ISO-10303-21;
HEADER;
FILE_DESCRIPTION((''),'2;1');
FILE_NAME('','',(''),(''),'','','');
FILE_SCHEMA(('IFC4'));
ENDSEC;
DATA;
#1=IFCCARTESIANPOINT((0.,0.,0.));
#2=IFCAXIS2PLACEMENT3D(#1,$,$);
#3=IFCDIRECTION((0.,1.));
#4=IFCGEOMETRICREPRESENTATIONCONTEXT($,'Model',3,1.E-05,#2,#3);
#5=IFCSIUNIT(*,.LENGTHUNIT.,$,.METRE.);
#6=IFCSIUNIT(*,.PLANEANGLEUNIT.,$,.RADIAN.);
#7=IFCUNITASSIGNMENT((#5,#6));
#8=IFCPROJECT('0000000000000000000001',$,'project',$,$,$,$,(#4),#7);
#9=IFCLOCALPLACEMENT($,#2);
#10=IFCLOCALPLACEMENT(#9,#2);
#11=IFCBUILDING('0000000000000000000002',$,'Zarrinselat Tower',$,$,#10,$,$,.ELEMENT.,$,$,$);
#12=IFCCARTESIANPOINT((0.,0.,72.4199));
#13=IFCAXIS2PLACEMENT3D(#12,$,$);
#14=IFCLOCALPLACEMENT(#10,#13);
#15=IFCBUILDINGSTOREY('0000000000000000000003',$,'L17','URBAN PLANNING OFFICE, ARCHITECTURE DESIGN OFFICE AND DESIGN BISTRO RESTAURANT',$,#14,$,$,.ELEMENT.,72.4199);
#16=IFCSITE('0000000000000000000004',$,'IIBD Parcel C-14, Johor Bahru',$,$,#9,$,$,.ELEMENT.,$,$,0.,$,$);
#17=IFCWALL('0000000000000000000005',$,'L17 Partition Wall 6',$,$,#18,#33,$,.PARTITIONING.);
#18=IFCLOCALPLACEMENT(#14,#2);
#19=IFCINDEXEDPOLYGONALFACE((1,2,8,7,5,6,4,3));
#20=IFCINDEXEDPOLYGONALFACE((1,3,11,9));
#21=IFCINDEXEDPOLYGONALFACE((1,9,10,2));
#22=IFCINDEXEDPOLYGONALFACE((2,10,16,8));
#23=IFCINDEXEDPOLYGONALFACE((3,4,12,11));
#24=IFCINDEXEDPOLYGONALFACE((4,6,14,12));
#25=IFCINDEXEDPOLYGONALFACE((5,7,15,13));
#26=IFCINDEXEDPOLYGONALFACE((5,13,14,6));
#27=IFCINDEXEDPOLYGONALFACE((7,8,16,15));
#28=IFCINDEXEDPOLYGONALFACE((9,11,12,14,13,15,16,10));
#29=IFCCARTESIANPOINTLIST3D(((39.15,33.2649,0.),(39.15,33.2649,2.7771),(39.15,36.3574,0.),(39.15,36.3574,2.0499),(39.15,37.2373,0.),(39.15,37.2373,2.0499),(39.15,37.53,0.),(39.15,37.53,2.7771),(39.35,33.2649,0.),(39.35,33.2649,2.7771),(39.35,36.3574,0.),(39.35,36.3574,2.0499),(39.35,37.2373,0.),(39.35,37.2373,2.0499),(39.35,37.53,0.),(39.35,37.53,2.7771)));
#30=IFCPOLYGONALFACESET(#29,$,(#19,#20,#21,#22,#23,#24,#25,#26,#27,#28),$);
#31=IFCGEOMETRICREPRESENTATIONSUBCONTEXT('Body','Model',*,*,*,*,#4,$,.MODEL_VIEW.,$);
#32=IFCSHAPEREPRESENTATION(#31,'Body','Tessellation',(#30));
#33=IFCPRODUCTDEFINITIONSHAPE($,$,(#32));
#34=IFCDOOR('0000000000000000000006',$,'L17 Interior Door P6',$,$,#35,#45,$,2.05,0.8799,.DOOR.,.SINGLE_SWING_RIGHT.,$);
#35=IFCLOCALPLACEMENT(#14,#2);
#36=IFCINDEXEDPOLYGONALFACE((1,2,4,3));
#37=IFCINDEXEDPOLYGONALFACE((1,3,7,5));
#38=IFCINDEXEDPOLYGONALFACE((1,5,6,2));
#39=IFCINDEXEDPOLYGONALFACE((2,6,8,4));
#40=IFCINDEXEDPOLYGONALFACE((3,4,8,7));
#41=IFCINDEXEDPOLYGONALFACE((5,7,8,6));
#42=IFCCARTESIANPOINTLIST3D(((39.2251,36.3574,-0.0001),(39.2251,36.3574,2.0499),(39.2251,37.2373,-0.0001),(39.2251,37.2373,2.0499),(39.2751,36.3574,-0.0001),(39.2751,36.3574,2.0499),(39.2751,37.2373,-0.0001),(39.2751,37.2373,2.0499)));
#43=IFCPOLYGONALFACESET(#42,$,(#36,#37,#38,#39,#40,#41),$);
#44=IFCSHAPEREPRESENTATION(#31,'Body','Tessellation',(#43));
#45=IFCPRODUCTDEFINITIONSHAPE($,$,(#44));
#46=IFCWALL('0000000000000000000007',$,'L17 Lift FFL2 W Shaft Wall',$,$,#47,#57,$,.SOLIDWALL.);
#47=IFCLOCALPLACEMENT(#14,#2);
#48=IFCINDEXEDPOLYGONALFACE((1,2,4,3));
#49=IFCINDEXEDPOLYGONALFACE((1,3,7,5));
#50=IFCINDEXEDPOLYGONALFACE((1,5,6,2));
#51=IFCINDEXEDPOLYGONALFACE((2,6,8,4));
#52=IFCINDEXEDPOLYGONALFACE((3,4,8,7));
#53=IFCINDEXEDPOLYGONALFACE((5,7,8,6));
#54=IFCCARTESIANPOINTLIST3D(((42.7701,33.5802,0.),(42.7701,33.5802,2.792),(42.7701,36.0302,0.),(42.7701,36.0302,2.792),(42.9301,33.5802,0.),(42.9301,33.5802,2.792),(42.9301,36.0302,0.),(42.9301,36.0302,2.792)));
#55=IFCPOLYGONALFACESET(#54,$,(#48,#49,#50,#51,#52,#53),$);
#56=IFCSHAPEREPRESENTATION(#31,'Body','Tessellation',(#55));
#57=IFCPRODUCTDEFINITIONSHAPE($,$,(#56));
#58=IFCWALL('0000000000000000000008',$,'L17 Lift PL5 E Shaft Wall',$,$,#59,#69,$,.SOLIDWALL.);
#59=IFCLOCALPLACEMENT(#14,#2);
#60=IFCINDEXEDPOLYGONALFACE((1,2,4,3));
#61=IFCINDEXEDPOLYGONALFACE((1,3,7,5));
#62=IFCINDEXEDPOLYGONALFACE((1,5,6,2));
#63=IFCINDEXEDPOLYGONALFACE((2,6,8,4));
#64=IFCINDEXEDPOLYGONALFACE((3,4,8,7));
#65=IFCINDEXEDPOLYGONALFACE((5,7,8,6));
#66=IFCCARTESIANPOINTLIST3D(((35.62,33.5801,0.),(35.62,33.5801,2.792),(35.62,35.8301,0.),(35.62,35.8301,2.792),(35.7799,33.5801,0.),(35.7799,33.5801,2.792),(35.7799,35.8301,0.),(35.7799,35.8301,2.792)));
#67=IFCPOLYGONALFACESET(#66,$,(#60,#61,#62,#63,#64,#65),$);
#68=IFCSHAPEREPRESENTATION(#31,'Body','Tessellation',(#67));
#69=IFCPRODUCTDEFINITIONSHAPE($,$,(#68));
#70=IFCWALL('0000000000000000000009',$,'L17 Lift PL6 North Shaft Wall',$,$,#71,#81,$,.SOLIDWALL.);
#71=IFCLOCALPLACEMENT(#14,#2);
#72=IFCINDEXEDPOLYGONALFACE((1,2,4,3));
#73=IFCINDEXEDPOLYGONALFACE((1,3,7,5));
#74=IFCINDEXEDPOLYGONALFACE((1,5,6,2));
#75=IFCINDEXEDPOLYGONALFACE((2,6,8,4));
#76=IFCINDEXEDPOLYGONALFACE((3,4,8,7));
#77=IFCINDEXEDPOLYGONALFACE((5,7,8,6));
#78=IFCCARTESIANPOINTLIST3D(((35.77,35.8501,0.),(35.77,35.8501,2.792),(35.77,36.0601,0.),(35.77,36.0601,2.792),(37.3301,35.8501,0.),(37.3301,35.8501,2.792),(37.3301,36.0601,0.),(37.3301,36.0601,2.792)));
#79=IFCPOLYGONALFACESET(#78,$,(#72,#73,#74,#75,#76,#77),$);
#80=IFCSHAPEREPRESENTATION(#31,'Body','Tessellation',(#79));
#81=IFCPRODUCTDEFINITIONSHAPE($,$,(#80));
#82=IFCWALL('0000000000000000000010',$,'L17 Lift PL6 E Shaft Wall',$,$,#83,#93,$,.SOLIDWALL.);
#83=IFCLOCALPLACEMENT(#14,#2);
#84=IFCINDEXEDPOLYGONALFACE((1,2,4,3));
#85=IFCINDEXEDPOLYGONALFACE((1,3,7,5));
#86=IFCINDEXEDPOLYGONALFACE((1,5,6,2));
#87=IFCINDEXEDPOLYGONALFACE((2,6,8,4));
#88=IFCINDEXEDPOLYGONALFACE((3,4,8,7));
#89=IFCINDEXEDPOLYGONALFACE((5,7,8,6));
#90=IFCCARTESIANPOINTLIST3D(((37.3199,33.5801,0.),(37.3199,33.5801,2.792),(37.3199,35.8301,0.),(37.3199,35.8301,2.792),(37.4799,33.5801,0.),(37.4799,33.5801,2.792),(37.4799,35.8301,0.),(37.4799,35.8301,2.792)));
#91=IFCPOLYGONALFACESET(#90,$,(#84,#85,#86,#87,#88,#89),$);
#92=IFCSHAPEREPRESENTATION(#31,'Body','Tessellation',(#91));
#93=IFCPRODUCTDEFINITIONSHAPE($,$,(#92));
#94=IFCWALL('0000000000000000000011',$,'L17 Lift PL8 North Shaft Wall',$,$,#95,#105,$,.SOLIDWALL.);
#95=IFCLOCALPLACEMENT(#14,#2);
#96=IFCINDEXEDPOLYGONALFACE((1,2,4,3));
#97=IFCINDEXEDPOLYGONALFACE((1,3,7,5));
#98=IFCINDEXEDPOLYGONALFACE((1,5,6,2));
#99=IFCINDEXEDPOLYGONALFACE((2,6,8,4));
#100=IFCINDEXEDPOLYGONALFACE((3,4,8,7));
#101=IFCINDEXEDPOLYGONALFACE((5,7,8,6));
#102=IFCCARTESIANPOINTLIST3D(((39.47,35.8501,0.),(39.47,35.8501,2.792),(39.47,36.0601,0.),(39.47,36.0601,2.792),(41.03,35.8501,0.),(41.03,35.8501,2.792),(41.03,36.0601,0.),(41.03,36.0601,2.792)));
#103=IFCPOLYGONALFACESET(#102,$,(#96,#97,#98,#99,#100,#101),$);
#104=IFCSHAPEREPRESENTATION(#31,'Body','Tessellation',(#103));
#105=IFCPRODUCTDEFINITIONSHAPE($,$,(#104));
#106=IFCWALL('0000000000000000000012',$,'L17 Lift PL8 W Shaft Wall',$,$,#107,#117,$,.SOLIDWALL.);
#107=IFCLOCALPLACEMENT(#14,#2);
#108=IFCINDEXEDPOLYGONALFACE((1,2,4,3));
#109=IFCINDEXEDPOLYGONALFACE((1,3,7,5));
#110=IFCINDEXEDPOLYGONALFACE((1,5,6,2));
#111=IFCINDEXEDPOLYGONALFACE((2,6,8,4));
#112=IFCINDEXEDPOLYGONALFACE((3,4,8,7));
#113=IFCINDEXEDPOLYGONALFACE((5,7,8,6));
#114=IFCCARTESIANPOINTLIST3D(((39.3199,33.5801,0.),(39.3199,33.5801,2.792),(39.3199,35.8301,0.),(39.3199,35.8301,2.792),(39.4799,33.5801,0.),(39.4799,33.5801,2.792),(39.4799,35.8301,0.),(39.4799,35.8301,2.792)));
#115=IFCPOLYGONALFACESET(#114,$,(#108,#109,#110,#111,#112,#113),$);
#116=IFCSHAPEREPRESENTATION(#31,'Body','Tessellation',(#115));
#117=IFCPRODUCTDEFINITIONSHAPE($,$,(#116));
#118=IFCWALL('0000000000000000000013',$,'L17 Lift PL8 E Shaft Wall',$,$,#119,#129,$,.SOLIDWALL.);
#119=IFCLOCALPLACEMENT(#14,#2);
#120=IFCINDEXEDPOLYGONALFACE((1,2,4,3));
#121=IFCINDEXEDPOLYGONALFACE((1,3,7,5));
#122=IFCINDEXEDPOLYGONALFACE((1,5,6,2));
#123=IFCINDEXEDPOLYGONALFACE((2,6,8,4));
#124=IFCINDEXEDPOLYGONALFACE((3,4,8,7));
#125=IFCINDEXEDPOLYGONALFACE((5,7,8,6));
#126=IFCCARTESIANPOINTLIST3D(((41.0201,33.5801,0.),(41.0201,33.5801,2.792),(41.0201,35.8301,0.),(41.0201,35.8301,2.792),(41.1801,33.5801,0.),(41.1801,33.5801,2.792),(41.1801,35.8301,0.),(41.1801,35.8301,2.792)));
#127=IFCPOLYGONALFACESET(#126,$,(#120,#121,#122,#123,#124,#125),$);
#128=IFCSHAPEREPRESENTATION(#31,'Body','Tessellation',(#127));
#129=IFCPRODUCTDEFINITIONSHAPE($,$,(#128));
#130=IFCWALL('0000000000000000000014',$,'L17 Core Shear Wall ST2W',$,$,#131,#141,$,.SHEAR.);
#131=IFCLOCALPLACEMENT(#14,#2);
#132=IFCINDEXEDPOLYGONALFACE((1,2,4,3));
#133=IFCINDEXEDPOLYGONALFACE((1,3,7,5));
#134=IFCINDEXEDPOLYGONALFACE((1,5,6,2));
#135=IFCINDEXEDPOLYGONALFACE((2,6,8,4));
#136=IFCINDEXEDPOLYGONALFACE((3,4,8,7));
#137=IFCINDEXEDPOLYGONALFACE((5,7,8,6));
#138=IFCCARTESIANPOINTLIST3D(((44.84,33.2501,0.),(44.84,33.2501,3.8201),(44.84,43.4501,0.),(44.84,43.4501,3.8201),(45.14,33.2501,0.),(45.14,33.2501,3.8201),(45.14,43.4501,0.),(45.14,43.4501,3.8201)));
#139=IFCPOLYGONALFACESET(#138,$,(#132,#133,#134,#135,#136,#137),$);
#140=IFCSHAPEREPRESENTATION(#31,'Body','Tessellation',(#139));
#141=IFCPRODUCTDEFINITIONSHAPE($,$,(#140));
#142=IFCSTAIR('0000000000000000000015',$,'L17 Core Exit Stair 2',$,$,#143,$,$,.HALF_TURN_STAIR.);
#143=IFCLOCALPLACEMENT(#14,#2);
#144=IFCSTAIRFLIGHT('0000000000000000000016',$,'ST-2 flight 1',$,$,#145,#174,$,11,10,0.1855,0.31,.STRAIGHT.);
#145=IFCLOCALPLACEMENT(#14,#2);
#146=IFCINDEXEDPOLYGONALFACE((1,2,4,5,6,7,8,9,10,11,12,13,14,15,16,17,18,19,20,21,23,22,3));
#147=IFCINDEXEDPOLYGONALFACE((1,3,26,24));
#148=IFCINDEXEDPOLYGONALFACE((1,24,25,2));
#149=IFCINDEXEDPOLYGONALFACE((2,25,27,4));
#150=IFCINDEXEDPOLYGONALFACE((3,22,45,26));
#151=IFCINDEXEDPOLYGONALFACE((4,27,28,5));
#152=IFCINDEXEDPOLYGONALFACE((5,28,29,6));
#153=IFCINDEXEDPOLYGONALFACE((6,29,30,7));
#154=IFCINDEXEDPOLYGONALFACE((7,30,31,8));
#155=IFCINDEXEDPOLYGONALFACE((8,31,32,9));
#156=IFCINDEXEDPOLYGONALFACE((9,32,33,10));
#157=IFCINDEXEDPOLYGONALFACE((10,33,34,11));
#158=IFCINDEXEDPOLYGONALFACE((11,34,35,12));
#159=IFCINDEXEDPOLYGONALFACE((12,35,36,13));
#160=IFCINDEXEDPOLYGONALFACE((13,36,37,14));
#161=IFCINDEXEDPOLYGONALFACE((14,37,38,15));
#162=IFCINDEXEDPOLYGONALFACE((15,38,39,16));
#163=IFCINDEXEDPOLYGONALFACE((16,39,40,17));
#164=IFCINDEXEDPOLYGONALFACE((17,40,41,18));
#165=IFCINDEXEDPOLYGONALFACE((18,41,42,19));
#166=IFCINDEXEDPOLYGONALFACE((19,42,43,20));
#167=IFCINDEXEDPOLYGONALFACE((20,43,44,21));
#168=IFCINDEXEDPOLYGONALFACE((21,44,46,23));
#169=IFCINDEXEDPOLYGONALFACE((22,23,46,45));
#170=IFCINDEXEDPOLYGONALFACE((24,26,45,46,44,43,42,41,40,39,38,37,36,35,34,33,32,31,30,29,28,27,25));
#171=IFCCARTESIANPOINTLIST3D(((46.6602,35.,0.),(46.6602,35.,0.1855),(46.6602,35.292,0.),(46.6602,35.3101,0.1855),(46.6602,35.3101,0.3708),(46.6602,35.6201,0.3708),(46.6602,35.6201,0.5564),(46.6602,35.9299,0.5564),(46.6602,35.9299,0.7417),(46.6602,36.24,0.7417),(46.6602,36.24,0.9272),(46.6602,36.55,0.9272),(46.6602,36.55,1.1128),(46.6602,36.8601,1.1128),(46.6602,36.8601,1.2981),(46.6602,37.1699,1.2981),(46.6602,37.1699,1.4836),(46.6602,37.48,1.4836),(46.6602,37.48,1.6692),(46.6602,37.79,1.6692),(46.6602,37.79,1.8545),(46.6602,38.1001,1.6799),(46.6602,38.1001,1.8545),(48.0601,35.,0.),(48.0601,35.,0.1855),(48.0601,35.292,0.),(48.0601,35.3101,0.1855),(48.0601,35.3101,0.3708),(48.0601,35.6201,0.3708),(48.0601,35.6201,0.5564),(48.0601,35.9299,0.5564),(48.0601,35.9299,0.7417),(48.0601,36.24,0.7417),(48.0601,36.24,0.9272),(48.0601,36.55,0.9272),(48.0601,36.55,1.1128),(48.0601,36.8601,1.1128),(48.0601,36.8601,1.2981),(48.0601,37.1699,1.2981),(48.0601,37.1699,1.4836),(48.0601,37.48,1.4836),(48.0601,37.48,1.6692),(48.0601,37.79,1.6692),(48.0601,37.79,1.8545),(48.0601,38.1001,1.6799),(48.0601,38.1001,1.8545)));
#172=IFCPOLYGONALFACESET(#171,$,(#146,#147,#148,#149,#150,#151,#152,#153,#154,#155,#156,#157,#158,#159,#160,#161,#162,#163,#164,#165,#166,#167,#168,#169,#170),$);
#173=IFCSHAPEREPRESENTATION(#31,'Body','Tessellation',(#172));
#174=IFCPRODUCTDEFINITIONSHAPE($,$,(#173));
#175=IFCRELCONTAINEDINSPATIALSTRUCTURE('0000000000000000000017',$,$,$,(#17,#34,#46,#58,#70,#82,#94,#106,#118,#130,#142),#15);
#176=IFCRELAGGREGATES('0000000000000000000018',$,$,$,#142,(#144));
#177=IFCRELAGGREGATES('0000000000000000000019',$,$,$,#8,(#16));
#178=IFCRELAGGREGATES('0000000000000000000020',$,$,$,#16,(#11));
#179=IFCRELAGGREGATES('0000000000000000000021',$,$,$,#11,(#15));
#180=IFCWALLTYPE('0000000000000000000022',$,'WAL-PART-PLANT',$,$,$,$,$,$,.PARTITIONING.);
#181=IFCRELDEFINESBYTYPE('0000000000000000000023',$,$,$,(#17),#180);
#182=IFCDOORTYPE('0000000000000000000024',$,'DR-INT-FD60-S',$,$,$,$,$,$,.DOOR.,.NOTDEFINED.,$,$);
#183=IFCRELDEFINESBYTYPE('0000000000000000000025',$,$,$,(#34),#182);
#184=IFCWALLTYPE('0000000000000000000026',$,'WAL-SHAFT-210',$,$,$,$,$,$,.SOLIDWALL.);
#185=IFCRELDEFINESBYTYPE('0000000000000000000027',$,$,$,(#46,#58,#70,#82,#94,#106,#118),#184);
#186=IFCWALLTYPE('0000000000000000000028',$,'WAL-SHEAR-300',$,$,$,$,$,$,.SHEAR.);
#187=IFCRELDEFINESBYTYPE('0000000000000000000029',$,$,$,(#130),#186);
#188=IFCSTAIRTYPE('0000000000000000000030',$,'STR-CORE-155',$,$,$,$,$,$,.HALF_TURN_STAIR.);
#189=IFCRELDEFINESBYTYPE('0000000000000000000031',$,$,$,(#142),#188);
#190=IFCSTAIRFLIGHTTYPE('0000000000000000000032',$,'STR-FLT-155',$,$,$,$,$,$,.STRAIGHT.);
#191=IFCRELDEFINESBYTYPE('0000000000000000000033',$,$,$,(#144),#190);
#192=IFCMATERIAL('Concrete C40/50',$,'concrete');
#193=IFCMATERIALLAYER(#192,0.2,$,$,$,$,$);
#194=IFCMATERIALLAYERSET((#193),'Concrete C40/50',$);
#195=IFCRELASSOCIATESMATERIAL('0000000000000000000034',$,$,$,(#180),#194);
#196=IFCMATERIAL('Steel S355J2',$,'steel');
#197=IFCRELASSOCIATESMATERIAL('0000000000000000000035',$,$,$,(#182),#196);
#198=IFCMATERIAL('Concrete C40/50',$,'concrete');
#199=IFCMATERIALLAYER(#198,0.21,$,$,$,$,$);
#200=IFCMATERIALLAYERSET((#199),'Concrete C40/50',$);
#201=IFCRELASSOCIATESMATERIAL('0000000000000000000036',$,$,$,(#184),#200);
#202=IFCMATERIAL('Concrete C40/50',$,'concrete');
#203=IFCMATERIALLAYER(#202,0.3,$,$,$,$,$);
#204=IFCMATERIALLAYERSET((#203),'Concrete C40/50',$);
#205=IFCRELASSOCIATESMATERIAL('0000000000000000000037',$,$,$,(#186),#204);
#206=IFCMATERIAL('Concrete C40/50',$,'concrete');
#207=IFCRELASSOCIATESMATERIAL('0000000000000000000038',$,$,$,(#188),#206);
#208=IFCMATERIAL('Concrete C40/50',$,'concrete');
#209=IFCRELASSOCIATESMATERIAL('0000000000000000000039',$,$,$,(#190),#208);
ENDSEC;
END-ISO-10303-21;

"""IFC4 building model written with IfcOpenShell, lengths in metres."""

from ifc_helpers import new_model, si_unit, direction, frame, frame_2d, origin, place, context, subcontext, project, spatial, polyline, rectangle, outline, extrude, material, layer, layer_set, type_object, element, fill, aggregate, save


model = new_model("IFC4")

# Units and contexts
model_context = context("Model", 3, precision=1e-05, world=origin(), true_north=direction((0.0, 1.0)))
body_context = subcontext(model_context, "Body", "Model", "MODEL_VIEW")
ifc_project = project(units=[si_unit("LENGTHUNIT", "METRE"), si_unit("PLANEANGLEUNIT", "RADIAN")], contexts=[model_context])

# Site, building, storey
site_placement = place(None, origin())
site = spatial("IfcSite", under=ifc_project, at=site_placement, Name="IIBD Parcel C-14, Johor Bahru", CompositionType="ELEMENT", RefElevation=0.0)
building_placement = place(site_placement, origin())
building = spatial("IfcBuilding", under=site, at=building_placement, Name="Zarrinselat Tower", CompositionType="ELEMENT")
storey_placement = place(building_placement, frame((0.0, 0.0, 72.4199)))
storey = spatial("IfcBuildingStorey", under=building, at=storey_placement, Name="L17", Description="URBAN PLANNING OFFICE, ARCHITECTURE DESIGN OFFICE AND DESIGN BISTRO RESTAURANT", CompositionType="ELEMENT", Elevation=72.4199)

# Wall, opening, door
ifc_material_1 = material(Name="Concrete C40/50", Category="concrete")
ifc_layer_1 = layer(ifc_material_1, 0.2)
ifc_layer_set_1 = layer_set([ifc_layer_1], Name="Concrete C40/50")
wall_type_1 = type_object("IfcWallType", Name="WAL-PART-PLANT", PredefinedType="PARTITIONING", material=ifc_layer_set_1)
ifc_material_2 = material(Name="Steel S355J2", Category="steel")
door_type_1 = type_object("IfcDoorType", Name="DR-INT-FD60-S", OperationType="NOTDEFINED", PredefinedType="DOOR", material=ifc_material_2)
wall_1_placement = place(storey_placement, frame((39.25, 33.2649, 0.0), z_axis=(0.0, 0.0, 1.0), x_axis=(0.0, 1.0, 0.0)))
wall_1 = element("IfcWall", 1, at=wall_1_placement, inside=storey, type_object=wall_type_1, Name="L17 Partition Wall 6", PredefinedType="PARTITIONING", context=body_context, shape_type="SweptSolid", body=[
    extrude(rectangle(XDim=4.2651, YDim=0.2, at=frame_2d((2.1326, 0.0))), origin(), (0.0, 0.0, 1.0), 2.7771),
])
opening_1_placement = place(wall_1_placement, frame((3.0925, 0.0, 0.0)))
opening_1 = element("IfcOpeningElement", 2, at=opening_1_placement, cuts=wall_1, PredefinedType="OPENING", context=body_context, shape_type="SweptSolid", body=[
    extrude(rectangle(XDim=0.8799, YDim=2.05, at=frame_2d((0.4399, 1.0249))), frame((0.0, 0.1099, 0.0), z_axis=(0.0, -1.0, 0.0), x_axis=(1.0, 0.0, 0.0)), (0.0, 0.0, 1.0), 0.22),
])
door_1_placement = place(opening_1_placement, origin())
door_1 = element("IfcDoor", 3, at=door_1_placement, inside=storey, type_object=door_type_1, Name="L17 Interior Door P6", OperationType="SINGLE_SWING_RIGHT", OverallHeight=2.05, OverallWidth=0.8799, PredefinedType="DOOR", context=body_context, shape_type="SweptSolid", body=[
    extrude(rectangle(XDim=0.8799, YDim=2.05, at=frame_2d((0.4399, 1.0249))), frame((0.0, 0.0249, 0.0), z_axis=(0.0, -1.0, 0.0), x_axis=(1.0, 0.0, 0.0)), (0.0, 0.0, 1.0), 0.05),
])
fill(opening_1, door_1)

# Walls
ifc_material_3 = material(Name="Concrete C40/50", Category="concrete")
ifc_layer_2 = layer(ifc_material_3, 0.21)
ifc_layer_set_2 = layer_set([ifc_layer_2], Name="Concrete C40/50")
wall_type_2 = type_object("IfcWallType", Name="WAL-SHAFT-210", PredefinedType="SOLIDWALL", material=ifc_layer_set_2)
wall_2_placement = place(storey_placement, frame((42.8501, 33.5801, 0.0), z_axis=(0.0, 0.0, 1.0), x_axis=(0.0, 1.0, 0.0)))
element("IfcWall", 4, at=wall_2_placement, inside=storey, type_object=wall_type_2, Name="L17 Lift FFL2 W Shaft Wall", PredefinedType="SOLIDWALL", context=body_context, shape_type="SweptSolid", body=[
    extrude(rectangle(XDim=2.45, YDim=0.1599, at=frame_2d((1.2251, 0.0))), origin(), (0.0, 0.0, 1.0), 2.792),
])
wall_3_placement = place(storey_placement, frame((35.7, 33.5801, 0.0), z_axis=(0.0, 0.0, 1.0), x_axis=(0.0, 1.0, 0.0)))
element("IfcWall", 5, at=wall_3_placement, inside=storey, type_object=wall_type_2, Name="L17 Lift PL5 E Shaft Wall", PredefinedType="SOLIDWALL", context=body_context, shape_type="SweptSolid", body=[
    extrude(rectangle(XDim=2.25, YDim=0.1599, at=frame_2d((1.125, 0.0))), origin(), (0.0, 0.0, 1.0), 2.792),
])
wall_4_placement = place(storey_placement, frame((35.77, 35.9551, 0.0), z_axis=(0.0, 0.0, 1.0), x_axis=(1.0, 0.0, 0.0)))
element("IfcWall", 6, at=wall_4_placement, inside=storey, type_object=wall_type_2, Name="L17 Lift PL6 North Shaft Wall", PredefinedType="SOLIDWALL", context=body_context, shape_type="SweptSolid", body=[
    extrude(rectangle(XDim=1.5601, YDim=0.21, at=frame_2d((0.78, 0.0))), origin(), (0.0, 0.0, 1.0), 2.792),
])
wall_5_placement = place(storey_placement, frame((37.3999, 33.5801, 0.0), z_axis=(0.0, 0.0, 1.0), x_axis=(0.0, 1.0, 0.0)))
element("IfcWall", 7, at=wall_5_placement, inside=storey, type_object=wall_type_2, Name="L17 Lift PL6 E Shaft Wall", PredefinedType="SOLIDWALL", context=body_context, shape_type="SweptSolid", body=[
    extrude(rectangle(XDim=2.25, YDim=0.1599, at=frame_2d((1.125, 0.0))), origin(), (0.0, 0.0, 1.0), 2.792),
])
wall_6_placement = place(storey_placement, frame((39.47, 35.9551, 0.0), z_axis=(0.0, 0.0, 1.0), x_axis=(1.0, 0.0, 0.0)))
element("IfcWall", 8, at=wall_6_placement, inside=storey, type_object=wall_type_2, Name="L17 Lift PL8 North Shaft Wall", PredefinedType="SOLIDWALL", context=body_context, shape_type="SweptSolid", body=[
    extrude(rectangle(XDim=1.5601, YDim=0.21, at=frame_2d((0.78, 0.0))), origin(), (0.0, 0.0, 1.0), 2.792),
])
for number, where, z_axis, x_axis, name in (
    (9, (39.3999, 33.5801, 0.0), (0.0, 0.0, 1.0), (0.0, 1.0, 0.0), "L17 Lift PL8 W Shaft Wall"),
    (10, (41.1001, 33.5801, 0.0), (0.0, 0.0, 1.0), (0.0, 1.0, 0.0), "L17 Lift PL8 E Shaft Wall"),
):
    element("IfcWall", number, at=place(storey_placement, frame(where, z_axis=z_axis, x_axis=x_axis)), inside=storey, type_object=wall_type_2, Name=name, PredefinedType="SOLIDWALL", context=body_context, shape_type="SweptSolid", body=[
        extrude(rectangle(XDim=2.25, YDim=0.1599, at=frame_2d((1.125, 0.0))), origin(), (0.0, 0.0, 1.0), 2.792),
    ])
ifc_material_4 = material(Name="Concrete C40/50", Category="concrete")
ifc_layer_3 = layer(ifc_material_4, 0.3)
ifc_layer_set_3 = layer_set([ifc_layer_3], Name="Concrete C40/50")
wall_type_3 = type_object("IfcWallType", Name="WAL-SHEAR-300", PredefinedType="SHEAR", material=ifc_layer_set_3)
wall_7_placement = place(storey_placement, frame((44.99, 33.25, 0.0), z_axis=(0.0, 0.0, 1.0), x_axis=(0.0, 1.0, 0.0)))
element("IfcWall", 11, at=wall_7_placement, inside=storey, type_object=wall_type_3, Name="L17 Core Shear Wall ST2W", PredefinedType="SHEAR", context=body_context, shape_type="SweptSolid", body=[
    extrude(rectangle(XDim=10.2, YDim=0.3, at=frame_2d((5.1001, 0.0))), origin(), (0.0, 0.0, 1.0), 3.8201),
])

# Stair, stair flight
ifc_material_5 = material(Name="Concrete C40/50", Category="concrete")
stair_type = type_object("IfcStairType", Name="STR-CORE-155", PredefinedType="HALF_TURN_STAIR", material=ifc_material_5)
stair_placement = place(storey_placement, origin())
stair = element("IfcStair", 12, at=stair_placement, inside=storey, type_object=stair_type, Name="L17 Core Exit Stair 2", PredefinedType="HALF_TURN_STAIR")
ifc_material_6 = material(Name="Concrete C40/50", Category="concrete")
stair_flight_type = type_object("IfcStairFlightType", Name="STR-FLT-155", PredefinedType="STRAIGHT", material=ifc_material_6)
stair_flight_placement = place(storey_placement, frame((47.3601, 35.0, 0.0), z_axis=(0.0, 0.0, 1.0), x_axis=(0.0, 1.0, 0.0)))
stair_flight = element("IfcStairFlight", 13, at=stair_flight_placement, type_object=stair_flight_type, Name="ST-2 flight 1", NumberOfRisers=11, NumberOfTreads=10, PredefinedType="STRAIGHT", RiserHeight=0.1855, TreadLength=0.31, context=body_context, shape_type="SweptSolid", body=[
    extrude(outline(polyline([(0.0, 0.0), (0.0, 0.1855), (0.3101, 0.1855), (0.3101, 0.3708), (0.6201, 0.3708), (0.6201, 0.5564), (0.9299, 0.5564), (0.9299, 0.7417), (1.24, 0.7417), (1.24, 0.9272), (1.55, 0.9272), (1.55, 1.1128), (1.8601, 1.1128), (1.8601, 1.2981), (2.1699, 1.2981), (2.1699, 1.4836), (2.48, 1.4836), (2.48, 1.6692), (2.79, 1.6692), (2.79, 1.8545), (3.1001, 1.8545), (3.1001, 2.04), (3.1001, 1.6799), (0.292, 0.0), (0.0, 0.0)])), frame((0.0, 0.7, 0.0), z_axis=(0.0, -1.0, 0.0), x_axis=(1.0, 0.0, 0.0)), (0.0, 0.0, 1.0), 1.3999),
])
aggregate(stair, [stair_flight])

save(model, "model.ifc")
